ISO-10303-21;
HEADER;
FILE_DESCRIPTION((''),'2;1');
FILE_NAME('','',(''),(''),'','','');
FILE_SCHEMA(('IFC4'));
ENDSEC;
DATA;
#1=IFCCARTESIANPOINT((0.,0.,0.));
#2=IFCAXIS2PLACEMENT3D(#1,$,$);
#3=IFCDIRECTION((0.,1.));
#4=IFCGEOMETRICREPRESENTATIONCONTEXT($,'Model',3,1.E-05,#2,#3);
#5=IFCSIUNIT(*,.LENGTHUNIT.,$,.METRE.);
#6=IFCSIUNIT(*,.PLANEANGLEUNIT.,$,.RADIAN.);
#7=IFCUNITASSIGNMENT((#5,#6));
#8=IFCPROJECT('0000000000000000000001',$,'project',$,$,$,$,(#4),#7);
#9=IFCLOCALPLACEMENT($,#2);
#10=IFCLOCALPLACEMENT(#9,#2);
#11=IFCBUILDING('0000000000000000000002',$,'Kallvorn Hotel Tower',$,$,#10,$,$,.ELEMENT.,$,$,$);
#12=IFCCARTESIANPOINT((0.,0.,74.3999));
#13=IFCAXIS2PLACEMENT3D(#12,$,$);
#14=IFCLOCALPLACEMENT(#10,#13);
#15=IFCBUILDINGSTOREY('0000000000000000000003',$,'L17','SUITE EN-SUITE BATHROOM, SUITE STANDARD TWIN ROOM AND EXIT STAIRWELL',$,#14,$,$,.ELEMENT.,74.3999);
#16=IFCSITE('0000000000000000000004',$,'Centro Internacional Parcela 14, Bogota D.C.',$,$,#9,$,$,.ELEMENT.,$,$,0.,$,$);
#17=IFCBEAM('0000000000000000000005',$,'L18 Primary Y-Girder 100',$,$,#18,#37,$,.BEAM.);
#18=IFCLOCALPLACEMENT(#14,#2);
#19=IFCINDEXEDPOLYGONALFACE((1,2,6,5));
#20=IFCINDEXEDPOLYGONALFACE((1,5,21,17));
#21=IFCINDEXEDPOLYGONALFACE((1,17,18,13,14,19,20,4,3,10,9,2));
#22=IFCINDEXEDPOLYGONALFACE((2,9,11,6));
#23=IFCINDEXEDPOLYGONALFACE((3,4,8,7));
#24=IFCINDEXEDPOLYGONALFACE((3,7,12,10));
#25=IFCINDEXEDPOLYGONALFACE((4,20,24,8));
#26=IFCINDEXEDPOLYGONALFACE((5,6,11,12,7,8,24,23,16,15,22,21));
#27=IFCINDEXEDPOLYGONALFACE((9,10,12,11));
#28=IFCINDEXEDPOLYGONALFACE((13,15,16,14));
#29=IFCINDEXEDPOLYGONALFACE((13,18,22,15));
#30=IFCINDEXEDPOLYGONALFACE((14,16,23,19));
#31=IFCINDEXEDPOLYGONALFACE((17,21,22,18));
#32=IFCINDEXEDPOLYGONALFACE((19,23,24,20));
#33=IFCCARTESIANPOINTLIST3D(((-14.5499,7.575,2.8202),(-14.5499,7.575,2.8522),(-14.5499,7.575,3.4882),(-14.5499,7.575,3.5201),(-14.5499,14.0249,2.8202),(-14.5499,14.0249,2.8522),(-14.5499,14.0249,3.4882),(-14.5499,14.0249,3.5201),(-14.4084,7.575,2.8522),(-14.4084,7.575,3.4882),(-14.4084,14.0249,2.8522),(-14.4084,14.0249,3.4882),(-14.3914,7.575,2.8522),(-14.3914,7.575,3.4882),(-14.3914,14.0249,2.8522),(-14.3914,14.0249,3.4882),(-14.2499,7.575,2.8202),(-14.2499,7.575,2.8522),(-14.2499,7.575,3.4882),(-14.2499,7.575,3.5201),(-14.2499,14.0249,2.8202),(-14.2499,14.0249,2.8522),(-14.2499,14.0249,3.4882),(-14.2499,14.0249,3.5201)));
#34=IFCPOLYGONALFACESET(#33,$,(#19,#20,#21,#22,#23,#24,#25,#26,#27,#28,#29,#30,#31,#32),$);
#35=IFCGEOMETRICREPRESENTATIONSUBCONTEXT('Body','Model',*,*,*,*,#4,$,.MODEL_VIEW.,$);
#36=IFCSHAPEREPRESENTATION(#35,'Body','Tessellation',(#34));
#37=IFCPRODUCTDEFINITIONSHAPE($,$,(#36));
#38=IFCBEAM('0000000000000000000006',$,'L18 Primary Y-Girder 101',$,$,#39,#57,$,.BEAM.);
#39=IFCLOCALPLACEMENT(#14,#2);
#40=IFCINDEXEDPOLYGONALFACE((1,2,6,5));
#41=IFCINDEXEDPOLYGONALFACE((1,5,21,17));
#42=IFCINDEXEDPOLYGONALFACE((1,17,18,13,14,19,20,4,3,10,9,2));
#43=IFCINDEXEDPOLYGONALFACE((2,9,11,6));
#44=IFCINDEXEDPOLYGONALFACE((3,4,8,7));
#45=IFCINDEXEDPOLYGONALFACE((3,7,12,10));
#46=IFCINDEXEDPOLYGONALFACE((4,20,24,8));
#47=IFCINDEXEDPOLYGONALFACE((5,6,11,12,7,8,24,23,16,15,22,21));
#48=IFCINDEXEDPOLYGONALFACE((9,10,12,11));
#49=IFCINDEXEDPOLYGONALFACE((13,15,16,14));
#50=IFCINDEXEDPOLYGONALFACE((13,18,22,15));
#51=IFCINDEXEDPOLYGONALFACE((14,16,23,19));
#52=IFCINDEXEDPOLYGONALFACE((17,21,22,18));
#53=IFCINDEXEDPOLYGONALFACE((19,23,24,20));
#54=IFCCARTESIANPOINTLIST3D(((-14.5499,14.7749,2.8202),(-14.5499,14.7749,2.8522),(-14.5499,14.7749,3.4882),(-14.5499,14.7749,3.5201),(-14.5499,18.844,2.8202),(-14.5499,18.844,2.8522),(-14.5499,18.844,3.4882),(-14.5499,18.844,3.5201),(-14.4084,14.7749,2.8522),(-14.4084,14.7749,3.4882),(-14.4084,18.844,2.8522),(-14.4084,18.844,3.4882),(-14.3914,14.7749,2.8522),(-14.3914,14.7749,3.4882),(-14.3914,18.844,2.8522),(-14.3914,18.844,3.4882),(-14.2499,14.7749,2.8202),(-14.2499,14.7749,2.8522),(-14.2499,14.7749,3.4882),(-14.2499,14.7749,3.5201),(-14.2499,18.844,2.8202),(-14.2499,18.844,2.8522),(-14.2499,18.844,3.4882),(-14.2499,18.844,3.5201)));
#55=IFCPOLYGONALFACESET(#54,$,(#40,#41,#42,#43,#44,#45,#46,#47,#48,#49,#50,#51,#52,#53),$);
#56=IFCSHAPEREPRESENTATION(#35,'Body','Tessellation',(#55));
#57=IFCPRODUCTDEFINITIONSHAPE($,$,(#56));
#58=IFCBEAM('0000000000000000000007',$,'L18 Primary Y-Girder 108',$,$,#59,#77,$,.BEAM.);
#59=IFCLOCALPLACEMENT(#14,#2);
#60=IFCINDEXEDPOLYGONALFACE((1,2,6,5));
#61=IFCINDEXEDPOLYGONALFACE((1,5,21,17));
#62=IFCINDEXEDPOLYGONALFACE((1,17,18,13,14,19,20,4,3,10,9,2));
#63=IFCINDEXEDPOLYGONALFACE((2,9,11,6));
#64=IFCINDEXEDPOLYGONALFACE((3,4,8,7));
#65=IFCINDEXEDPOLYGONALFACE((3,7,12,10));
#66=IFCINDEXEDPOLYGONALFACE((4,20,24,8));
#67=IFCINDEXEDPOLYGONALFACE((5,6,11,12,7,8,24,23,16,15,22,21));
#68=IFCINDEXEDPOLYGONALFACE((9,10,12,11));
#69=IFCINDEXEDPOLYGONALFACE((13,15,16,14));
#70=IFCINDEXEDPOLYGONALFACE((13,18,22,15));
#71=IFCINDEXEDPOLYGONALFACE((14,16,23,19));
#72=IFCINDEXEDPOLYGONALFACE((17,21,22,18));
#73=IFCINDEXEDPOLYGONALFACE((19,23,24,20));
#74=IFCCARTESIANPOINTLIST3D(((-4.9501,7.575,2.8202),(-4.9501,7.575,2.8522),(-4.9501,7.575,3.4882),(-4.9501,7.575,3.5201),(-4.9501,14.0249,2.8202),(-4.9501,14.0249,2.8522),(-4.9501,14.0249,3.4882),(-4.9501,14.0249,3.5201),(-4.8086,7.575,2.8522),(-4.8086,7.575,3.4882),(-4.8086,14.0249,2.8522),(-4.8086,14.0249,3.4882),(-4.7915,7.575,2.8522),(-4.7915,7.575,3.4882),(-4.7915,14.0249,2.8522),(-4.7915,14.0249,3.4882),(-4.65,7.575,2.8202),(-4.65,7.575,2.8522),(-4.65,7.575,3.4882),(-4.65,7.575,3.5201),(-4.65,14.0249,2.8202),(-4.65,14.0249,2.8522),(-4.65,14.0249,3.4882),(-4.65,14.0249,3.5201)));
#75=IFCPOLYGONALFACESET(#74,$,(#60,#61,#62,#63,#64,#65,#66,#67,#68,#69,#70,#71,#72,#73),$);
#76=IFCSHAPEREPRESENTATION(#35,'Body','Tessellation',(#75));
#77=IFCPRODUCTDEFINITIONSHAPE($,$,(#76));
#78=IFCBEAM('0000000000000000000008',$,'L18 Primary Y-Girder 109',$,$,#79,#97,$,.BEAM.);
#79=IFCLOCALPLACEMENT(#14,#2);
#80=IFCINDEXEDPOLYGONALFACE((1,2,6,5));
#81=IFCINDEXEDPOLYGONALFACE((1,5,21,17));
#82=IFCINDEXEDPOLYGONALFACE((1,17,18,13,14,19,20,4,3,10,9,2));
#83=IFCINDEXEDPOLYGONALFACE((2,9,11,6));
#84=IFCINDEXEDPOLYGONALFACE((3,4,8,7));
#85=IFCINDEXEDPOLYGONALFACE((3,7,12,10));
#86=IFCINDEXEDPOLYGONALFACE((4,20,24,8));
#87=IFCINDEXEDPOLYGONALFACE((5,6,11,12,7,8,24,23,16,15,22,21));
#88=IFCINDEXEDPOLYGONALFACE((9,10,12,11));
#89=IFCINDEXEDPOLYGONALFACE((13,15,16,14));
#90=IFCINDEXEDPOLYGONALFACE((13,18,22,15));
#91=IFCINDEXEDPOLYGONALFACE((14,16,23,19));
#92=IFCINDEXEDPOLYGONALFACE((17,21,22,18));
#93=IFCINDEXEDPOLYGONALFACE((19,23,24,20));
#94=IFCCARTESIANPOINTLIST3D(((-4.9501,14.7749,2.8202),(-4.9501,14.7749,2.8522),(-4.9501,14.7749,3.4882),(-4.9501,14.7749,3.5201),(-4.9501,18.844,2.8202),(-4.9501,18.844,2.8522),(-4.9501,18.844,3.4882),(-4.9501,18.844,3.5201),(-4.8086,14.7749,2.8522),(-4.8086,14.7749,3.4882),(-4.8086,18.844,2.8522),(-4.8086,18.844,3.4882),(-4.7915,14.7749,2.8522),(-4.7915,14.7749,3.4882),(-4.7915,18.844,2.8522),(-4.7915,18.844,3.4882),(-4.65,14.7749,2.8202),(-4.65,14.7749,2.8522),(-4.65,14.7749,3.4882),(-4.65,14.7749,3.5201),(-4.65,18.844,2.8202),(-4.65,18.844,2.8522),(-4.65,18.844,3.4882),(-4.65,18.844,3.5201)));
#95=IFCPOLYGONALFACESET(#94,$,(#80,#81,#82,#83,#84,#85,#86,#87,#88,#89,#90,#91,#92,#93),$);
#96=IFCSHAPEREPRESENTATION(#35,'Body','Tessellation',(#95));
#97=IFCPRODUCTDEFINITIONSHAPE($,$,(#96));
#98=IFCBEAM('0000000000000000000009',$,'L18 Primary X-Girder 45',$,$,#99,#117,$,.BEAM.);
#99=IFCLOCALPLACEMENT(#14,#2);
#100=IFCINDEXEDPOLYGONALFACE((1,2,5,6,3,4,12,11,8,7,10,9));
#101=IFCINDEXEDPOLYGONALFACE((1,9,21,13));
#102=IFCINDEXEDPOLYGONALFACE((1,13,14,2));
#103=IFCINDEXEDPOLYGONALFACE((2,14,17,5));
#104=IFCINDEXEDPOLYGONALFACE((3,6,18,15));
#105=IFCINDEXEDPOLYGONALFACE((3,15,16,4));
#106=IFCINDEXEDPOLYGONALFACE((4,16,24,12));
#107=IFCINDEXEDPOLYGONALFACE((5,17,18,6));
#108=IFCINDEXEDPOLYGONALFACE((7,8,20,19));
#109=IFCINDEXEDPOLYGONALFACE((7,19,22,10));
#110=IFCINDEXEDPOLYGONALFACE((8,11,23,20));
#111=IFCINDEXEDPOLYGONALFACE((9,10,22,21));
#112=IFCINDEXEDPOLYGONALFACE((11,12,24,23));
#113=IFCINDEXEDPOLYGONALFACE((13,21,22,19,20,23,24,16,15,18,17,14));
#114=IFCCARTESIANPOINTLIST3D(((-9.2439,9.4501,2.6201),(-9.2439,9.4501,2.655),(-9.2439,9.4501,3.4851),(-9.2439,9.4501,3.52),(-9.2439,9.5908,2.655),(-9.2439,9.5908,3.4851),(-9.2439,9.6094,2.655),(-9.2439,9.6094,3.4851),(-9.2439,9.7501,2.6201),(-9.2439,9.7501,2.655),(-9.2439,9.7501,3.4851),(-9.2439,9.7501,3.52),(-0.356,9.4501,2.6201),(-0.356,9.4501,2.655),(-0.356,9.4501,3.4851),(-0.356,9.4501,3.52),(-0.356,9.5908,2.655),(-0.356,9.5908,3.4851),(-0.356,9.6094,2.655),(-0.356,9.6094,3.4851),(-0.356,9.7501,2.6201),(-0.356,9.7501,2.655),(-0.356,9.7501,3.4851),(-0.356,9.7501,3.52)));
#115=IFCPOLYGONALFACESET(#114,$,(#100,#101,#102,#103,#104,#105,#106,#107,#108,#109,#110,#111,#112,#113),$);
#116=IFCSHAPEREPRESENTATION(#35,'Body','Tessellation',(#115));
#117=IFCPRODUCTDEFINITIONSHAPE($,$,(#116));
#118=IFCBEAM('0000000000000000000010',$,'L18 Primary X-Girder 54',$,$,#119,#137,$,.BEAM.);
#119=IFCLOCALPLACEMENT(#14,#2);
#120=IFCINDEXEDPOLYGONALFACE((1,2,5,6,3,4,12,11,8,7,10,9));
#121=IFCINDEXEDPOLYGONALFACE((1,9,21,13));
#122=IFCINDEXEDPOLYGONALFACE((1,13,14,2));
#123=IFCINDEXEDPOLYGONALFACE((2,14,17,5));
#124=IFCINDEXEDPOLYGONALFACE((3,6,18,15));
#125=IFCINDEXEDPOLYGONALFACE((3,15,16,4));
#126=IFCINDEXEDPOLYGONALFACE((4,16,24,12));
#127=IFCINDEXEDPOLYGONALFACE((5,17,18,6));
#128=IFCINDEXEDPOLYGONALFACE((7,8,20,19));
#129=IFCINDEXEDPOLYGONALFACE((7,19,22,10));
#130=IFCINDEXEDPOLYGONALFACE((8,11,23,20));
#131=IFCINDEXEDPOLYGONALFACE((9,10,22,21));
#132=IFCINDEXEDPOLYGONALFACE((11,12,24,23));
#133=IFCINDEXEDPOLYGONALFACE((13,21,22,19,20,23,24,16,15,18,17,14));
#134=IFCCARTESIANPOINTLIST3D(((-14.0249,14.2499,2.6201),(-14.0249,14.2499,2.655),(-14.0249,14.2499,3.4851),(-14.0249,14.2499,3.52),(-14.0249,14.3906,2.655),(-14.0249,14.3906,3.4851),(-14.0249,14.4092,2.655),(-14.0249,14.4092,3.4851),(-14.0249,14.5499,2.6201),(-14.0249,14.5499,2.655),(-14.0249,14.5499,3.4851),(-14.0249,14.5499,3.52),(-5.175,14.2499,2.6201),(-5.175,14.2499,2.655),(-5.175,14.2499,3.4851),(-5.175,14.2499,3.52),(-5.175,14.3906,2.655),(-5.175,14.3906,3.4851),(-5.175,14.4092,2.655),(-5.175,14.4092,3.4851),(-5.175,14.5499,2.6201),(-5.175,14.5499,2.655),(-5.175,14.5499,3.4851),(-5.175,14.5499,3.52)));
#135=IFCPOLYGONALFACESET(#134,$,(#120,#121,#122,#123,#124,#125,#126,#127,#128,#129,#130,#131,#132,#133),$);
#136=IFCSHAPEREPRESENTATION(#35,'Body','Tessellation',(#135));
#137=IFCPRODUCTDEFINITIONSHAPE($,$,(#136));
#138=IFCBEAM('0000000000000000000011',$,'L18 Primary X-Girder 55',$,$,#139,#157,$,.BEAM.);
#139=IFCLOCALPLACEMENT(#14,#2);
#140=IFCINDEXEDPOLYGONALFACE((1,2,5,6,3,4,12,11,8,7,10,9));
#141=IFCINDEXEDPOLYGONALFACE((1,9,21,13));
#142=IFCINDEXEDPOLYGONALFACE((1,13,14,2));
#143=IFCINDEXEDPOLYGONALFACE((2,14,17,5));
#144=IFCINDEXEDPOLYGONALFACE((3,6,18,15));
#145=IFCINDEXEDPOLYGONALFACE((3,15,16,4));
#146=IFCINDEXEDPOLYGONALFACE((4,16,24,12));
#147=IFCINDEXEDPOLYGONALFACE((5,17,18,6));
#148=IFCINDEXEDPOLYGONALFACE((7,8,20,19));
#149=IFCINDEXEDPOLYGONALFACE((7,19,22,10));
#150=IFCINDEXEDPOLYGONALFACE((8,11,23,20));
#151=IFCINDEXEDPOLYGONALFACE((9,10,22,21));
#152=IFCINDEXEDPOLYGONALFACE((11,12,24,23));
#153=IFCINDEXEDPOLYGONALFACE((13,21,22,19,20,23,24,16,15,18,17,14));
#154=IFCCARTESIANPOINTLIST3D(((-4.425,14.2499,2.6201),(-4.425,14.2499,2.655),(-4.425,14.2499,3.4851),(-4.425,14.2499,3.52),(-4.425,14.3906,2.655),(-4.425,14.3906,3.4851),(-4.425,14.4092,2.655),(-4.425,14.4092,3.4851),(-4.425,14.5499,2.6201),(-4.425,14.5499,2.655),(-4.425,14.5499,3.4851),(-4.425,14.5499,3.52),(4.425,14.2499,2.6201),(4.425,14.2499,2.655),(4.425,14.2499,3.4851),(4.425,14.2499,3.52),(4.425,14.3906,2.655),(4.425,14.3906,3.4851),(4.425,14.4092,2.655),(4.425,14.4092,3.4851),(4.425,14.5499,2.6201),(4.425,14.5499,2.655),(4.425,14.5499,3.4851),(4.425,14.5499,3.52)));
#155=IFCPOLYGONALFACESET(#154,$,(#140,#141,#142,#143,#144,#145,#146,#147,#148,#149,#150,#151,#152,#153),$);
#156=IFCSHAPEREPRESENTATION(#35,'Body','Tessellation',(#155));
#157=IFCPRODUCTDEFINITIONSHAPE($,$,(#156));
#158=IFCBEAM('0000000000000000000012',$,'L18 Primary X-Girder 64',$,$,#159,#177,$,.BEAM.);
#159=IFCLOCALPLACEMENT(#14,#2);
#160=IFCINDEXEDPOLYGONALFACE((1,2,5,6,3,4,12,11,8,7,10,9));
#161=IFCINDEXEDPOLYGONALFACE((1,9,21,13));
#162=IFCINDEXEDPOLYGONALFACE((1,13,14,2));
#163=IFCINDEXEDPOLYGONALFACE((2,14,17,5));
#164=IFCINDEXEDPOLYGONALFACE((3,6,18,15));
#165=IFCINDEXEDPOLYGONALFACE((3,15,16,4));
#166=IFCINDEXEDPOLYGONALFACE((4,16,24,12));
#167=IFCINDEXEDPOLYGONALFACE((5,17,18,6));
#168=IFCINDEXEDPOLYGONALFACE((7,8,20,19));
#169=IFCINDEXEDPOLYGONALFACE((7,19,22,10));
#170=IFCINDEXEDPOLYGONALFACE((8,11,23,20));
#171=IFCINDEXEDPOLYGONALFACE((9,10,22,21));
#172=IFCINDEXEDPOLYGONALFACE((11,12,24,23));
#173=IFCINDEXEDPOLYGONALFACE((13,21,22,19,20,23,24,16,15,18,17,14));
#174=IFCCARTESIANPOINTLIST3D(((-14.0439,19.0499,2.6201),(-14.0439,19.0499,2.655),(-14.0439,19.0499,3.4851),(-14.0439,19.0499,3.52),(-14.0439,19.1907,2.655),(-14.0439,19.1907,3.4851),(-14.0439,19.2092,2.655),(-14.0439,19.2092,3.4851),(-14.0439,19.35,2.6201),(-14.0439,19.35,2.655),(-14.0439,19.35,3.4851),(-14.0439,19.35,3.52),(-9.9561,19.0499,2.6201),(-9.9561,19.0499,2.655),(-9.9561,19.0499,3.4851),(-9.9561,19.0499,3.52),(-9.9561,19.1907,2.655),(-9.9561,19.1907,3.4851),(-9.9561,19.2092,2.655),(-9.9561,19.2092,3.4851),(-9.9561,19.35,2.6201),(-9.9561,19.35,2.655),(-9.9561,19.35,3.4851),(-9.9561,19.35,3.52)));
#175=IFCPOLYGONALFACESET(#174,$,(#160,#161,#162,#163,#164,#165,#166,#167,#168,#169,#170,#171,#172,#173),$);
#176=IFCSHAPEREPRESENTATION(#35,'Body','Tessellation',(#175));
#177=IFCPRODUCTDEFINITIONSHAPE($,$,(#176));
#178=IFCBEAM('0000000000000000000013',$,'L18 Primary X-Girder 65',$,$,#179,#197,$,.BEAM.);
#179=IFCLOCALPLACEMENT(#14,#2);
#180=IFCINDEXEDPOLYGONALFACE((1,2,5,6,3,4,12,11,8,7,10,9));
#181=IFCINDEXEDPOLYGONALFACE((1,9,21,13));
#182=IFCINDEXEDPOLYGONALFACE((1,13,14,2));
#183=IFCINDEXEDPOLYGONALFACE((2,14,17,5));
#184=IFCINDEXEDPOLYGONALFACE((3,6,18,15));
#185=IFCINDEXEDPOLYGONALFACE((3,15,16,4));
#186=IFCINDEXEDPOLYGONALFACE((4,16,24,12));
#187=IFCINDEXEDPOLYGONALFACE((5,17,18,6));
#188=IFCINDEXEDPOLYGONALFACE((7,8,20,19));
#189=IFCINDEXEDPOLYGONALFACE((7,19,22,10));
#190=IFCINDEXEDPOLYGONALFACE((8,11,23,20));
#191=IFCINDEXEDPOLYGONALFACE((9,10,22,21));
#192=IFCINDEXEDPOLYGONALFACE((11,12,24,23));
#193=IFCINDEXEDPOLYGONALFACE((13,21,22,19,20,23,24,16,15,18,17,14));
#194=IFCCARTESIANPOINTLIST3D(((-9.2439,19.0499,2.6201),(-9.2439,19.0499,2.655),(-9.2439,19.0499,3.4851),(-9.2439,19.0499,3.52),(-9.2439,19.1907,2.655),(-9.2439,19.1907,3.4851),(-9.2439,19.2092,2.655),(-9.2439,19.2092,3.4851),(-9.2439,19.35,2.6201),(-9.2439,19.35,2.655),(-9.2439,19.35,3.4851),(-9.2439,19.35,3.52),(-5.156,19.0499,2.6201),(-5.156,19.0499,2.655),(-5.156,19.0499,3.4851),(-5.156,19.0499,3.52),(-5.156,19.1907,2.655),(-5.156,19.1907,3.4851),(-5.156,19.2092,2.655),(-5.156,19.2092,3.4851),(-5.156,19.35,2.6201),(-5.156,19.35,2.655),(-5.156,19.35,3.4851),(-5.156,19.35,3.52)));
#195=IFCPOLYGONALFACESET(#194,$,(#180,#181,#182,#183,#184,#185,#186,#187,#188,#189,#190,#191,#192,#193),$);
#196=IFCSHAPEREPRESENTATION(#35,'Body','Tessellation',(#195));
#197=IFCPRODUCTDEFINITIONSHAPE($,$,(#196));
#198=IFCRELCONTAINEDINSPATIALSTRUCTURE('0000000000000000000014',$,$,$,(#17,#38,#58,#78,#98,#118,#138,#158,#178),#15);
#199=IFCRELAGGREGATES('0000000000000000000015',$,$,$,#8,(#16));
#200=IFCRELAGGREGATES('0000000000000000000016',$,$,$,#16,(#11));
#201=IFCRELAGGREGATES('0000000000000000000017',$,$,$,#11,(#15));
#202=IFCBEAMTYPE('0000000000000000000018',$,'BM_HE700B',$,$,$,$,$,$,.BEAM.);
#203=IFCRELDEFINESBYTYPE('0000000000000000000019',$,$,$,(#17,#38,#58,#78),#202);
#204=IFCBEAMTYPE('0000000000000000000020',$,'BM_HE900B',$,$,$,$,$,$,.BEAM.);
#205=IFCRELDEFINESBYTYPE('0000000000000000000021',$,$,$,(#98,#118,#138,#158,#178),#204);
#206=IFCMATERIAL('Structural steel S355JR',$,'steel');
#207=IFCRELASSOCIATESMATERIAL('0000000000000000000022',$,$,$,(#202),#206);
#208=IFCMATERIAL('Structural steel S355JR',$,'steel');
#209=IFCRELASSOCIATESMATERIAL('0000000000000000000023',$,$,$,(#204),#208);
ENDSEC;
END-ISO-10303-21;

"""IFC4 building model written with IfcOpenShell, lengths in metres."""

from ifc_helpers import new_model, si_unit, direction, frame, origin, origin_2d, place, context, subcontext, project, spatial, i_section, extrude, material, material_profile, profile_set, type_object, element, save


model = new_model("IFC4")

# Units and contexts
model_context = context("Model", 3, precision=1e-05, world=origin(), true_north=direction((0.0, 1.0)))
body_context = subcontext(model_context, "Body", "Model", "MODEL_VIEW")
ifc_project = project(units=[si_unit("LENGTHUNIT", "METRE"), si_unit("PLANEANGLEUNIT", "RADIAN")], contexts=[model_context])

# Site, building, storey
site_placement = place(None, origin())
site = spatial("IfcSite", under=ifc_project, at=site_placement, Name="Centro Internacional Parcela 14, Bogota D.C.", CompositionType="ELEMENT", RefElevation=0.0)
building_placement = place(site_placement, origin())
building = spatial("IfcBuilding", under=site, at=building_placement, Name="Kallvorn Hotel Tower", CompositionType="ELEMENT")
storey_placement = place(building_placement, frame((0.0, 0.0, 74.3999)))
storey = spatial("IfcBuildingStorey", under=building, at=storey_placement, Name="L17", Description="SUITE EN-SUITE BATHROOM, SUITE STANDARD TWIN ROOM AND EXIT STAIRWELL", CompositionType="ELEMENT", Elevation=74.3999)

# Beams
ifc_material_1 = material(Name="Structural steel S355JR", Category="steel")
ifc_material_profile_1 = material_profile(ifc_material_1, i_section(OverallWidth=0.3, OverallDepth=0.7, WebThickness=0.0171, FlangeThickness=0.032, at=origin_2d()), Name="HE 700 B")
ifc_profile_set_1 = profile_set([ifc_material_profile_1], Name="Structural steel S355JR")
beam_type_1 = type_object("IfcBeamType", Name="BM_HE700B", PredefinedType="BEAM", material=ifc_profile_set_1)
beam_1_placement = place(storey_placement, frame((-14.3999, 7.575, 3.1702), z_axis=(0.0, 1.0, 0.0), x_axis=(-1.0, 0.0, 0.0)))
element("IfcBeam", 1, at=beam_1_placement, inside=storey, type_object=beam_type_1, Name="L18 Primary Y-Girder 100", PredefinedType="BEAM", context=body_context, shape_type="SweptSolid", body=[
    extrude(i_section(OverallWidth=0.3, OverallDepth=0.7, WebThickness=0.0171, FlangeThickness=0.032, at=origin_2d()), origin(), (0.0, 0.0, 1.0), 6.45),
])
beam_2_placement = place(storey_placement, frame((-14.3999, 14.7749, 3.1702), z_axis=(0.0, 1.0, 0.0), x_axis=(-1.0, 0.0, 0.0)))
element("IfcBeam", 2, at=beam_2_placement, inside=storey, type_object=beam_type_1, Name="L18 Primary Y-Girder 101", PredefinedType="BEAM", context=body_context, shape_type="SweptSolid", body=[
    extrude(i_section(OverallWidth=0.3, OverallDepth=0.7, WebThickness=0.0171, FlangeThickness=0.032, at=origin_2d()), origin(), (0.0, 0.0, 1.0), 4.0691),
])
beam_3_placement = place(storey_placement, frame((-4.8, 7.575, 3.1702), z_axis=(0.0, 1.0, 0.0), x_axis=(-1.0, 0.0, 0.0)))
element("IfcBeam", 3, at=beam_3_placement, inside=storey, type_object=beam_type_1, Name="L18 Primary Y-Girder 108", PredefinedType="BEAM", context=body_context, shape_type="SweptSolid", body=[
    extrude(i_section(OverallWidth=0.3, OverallDepth=0.7, WebThickness=0.0171, FlangeThickness=0.032, at=origin_2d()), origin(), (0.0, 0.0, 1.0), 6.45),
])
beam_4_placement = place(storey_placement, frame((-4.8, 14.7749, 3.1702), z_axis=(0.0, 1.0, 0.0), x_axis=(-1.0, 0.0, 0.0)))
element("IfcBeam", 4, at=beam_4_placement, inside=storey, type_object=beam_type_1, Name="L18 Primary Y-Girder 109", PredefinedType="BEAM", context=body_context, shape_type="SweptSolid", body=[
    extrude(i_section(OverallWidth=0.3, OverallDepth=0.7, WebThickness=0.0171, FlangeThickness=0.032, at=origin_2d()), origin(), (0.0, 0.0, 1.0), 4.0691),
])
ifc_material_2 = material(Name="Structural steel S355JR", Category="steel")
ifc_material_profile_2 = material_profile(ifc_material_2, i_section(OverallWidth=0.3, OverallDepth=0.8999, WebThickness=0.0186, FlangeThickness=0.0349, at=origin_2d()), Name="HE 900 B")
ifc_profile_set_2 = profile_set([ifc_material_profile_2], Name="Structural steel S355JR")
beam_type_2 = type_object("IfcBeamType", Name="BM_HE900B", PredefinedType="BEAM", material=ifc_profile_set_2)
beam_5_placement = place(storey_placement, frame((-9.2439, 9.6001, 3.0701), z_axis=(1.0, 0.0, 0.0), x_axis=(0.0, 1.0, 0.0)))
element("IfcBeam", 5, at=beam_5_placement, inside=storey, type_object=beam_type_2, Name="L18 Primary X-Girder 45", PredefinedType="BEAM", context=body_context, shape_type="SweptSolid", body=[
    extrude(i_section(OverallWidth=0.3, OverallDepth=0.8999, WebThickness=0.0186, FlangeThickness=0.0349, at=origin_2d()), origin(), (0.0, 0.0, 1.0), 8.8879),
])
beam_6_placement = place(storey_placement, frame((-14.0249, 14.3999, 3.0701), z_axis=(1.0, 0.0, 0.0), x_axis=(0.0, 1.0, 0.0)))
element("IfcBeam", 6, at=beam_6_placement, inside=storey, type_object=beam_type_2, Name="L18 Primary X-Girder 54", PredefinedType="BEAM", context=body_context, shape_type="SweptSolid", body=[
    extrude(i_section(OverallWidth=0.3, OverallDepth=0.8999, WebThickness=0.0186, FlangeThickness=0.0349, at=origin_2d()), origin(), (0.0, 0.0, 1.0), 8.8499),
])
beam_7_placement = place(storey_placement, frame((-4.425, 14.3999, 3.0701), z_axis=(1.0, 0.0, 0.0), x_axis=(0.0, 1.0, 0.0)))
element("IfcBeam", 7, at=beam_7_placement, inside=storey, type_object=beam_type_2, Name="L18 Primary X-Girder 55", PredefinedType="BEAM", context=body_context, shape_type="SweptSolid", body=[
    extrude(i_section(OverallWidth=0.3, OverallDepth=0.8999, WebThickness=0.0186, FlangeThickness=0.0349, at=origin_2d()), origin(), (0.0, 0.0, 1.0), 8.8501),
])
for number, where, z_axis, x_axis, name in (
    (8, (-14.0439, 19.2, 3.0701), (1.0, 0.0, 0.0), (0.0, 1.0, 0.0), "L18 Primary X-Girder 64"),
    (9, (-9.2439, 19.2, 3.0701), (1.0, 0.0, 0.0), (0.0, 1.0, 0.0), "L18 Primary X-Girder 65"),
):
    element("IfcBeam", number, at=place(storey_placement, frame(where, z_axis=z_axis, x_axis=x_axis)), inside=storey, type_object=beam_type_2, Name=name, PredefinedType="BEAM", context=body_context, shape_type="SweptSolid", body=[
        extrude(i_section(OverallWidth=0.3, OverallDepth=0.8999, WebThickness=0.0186, FlangeThickness=0.0349, at=origin_2d()), origin(), (0.0, 0.0, 1.0), 4.0879),
    ])

save(model, "model.ifc")
